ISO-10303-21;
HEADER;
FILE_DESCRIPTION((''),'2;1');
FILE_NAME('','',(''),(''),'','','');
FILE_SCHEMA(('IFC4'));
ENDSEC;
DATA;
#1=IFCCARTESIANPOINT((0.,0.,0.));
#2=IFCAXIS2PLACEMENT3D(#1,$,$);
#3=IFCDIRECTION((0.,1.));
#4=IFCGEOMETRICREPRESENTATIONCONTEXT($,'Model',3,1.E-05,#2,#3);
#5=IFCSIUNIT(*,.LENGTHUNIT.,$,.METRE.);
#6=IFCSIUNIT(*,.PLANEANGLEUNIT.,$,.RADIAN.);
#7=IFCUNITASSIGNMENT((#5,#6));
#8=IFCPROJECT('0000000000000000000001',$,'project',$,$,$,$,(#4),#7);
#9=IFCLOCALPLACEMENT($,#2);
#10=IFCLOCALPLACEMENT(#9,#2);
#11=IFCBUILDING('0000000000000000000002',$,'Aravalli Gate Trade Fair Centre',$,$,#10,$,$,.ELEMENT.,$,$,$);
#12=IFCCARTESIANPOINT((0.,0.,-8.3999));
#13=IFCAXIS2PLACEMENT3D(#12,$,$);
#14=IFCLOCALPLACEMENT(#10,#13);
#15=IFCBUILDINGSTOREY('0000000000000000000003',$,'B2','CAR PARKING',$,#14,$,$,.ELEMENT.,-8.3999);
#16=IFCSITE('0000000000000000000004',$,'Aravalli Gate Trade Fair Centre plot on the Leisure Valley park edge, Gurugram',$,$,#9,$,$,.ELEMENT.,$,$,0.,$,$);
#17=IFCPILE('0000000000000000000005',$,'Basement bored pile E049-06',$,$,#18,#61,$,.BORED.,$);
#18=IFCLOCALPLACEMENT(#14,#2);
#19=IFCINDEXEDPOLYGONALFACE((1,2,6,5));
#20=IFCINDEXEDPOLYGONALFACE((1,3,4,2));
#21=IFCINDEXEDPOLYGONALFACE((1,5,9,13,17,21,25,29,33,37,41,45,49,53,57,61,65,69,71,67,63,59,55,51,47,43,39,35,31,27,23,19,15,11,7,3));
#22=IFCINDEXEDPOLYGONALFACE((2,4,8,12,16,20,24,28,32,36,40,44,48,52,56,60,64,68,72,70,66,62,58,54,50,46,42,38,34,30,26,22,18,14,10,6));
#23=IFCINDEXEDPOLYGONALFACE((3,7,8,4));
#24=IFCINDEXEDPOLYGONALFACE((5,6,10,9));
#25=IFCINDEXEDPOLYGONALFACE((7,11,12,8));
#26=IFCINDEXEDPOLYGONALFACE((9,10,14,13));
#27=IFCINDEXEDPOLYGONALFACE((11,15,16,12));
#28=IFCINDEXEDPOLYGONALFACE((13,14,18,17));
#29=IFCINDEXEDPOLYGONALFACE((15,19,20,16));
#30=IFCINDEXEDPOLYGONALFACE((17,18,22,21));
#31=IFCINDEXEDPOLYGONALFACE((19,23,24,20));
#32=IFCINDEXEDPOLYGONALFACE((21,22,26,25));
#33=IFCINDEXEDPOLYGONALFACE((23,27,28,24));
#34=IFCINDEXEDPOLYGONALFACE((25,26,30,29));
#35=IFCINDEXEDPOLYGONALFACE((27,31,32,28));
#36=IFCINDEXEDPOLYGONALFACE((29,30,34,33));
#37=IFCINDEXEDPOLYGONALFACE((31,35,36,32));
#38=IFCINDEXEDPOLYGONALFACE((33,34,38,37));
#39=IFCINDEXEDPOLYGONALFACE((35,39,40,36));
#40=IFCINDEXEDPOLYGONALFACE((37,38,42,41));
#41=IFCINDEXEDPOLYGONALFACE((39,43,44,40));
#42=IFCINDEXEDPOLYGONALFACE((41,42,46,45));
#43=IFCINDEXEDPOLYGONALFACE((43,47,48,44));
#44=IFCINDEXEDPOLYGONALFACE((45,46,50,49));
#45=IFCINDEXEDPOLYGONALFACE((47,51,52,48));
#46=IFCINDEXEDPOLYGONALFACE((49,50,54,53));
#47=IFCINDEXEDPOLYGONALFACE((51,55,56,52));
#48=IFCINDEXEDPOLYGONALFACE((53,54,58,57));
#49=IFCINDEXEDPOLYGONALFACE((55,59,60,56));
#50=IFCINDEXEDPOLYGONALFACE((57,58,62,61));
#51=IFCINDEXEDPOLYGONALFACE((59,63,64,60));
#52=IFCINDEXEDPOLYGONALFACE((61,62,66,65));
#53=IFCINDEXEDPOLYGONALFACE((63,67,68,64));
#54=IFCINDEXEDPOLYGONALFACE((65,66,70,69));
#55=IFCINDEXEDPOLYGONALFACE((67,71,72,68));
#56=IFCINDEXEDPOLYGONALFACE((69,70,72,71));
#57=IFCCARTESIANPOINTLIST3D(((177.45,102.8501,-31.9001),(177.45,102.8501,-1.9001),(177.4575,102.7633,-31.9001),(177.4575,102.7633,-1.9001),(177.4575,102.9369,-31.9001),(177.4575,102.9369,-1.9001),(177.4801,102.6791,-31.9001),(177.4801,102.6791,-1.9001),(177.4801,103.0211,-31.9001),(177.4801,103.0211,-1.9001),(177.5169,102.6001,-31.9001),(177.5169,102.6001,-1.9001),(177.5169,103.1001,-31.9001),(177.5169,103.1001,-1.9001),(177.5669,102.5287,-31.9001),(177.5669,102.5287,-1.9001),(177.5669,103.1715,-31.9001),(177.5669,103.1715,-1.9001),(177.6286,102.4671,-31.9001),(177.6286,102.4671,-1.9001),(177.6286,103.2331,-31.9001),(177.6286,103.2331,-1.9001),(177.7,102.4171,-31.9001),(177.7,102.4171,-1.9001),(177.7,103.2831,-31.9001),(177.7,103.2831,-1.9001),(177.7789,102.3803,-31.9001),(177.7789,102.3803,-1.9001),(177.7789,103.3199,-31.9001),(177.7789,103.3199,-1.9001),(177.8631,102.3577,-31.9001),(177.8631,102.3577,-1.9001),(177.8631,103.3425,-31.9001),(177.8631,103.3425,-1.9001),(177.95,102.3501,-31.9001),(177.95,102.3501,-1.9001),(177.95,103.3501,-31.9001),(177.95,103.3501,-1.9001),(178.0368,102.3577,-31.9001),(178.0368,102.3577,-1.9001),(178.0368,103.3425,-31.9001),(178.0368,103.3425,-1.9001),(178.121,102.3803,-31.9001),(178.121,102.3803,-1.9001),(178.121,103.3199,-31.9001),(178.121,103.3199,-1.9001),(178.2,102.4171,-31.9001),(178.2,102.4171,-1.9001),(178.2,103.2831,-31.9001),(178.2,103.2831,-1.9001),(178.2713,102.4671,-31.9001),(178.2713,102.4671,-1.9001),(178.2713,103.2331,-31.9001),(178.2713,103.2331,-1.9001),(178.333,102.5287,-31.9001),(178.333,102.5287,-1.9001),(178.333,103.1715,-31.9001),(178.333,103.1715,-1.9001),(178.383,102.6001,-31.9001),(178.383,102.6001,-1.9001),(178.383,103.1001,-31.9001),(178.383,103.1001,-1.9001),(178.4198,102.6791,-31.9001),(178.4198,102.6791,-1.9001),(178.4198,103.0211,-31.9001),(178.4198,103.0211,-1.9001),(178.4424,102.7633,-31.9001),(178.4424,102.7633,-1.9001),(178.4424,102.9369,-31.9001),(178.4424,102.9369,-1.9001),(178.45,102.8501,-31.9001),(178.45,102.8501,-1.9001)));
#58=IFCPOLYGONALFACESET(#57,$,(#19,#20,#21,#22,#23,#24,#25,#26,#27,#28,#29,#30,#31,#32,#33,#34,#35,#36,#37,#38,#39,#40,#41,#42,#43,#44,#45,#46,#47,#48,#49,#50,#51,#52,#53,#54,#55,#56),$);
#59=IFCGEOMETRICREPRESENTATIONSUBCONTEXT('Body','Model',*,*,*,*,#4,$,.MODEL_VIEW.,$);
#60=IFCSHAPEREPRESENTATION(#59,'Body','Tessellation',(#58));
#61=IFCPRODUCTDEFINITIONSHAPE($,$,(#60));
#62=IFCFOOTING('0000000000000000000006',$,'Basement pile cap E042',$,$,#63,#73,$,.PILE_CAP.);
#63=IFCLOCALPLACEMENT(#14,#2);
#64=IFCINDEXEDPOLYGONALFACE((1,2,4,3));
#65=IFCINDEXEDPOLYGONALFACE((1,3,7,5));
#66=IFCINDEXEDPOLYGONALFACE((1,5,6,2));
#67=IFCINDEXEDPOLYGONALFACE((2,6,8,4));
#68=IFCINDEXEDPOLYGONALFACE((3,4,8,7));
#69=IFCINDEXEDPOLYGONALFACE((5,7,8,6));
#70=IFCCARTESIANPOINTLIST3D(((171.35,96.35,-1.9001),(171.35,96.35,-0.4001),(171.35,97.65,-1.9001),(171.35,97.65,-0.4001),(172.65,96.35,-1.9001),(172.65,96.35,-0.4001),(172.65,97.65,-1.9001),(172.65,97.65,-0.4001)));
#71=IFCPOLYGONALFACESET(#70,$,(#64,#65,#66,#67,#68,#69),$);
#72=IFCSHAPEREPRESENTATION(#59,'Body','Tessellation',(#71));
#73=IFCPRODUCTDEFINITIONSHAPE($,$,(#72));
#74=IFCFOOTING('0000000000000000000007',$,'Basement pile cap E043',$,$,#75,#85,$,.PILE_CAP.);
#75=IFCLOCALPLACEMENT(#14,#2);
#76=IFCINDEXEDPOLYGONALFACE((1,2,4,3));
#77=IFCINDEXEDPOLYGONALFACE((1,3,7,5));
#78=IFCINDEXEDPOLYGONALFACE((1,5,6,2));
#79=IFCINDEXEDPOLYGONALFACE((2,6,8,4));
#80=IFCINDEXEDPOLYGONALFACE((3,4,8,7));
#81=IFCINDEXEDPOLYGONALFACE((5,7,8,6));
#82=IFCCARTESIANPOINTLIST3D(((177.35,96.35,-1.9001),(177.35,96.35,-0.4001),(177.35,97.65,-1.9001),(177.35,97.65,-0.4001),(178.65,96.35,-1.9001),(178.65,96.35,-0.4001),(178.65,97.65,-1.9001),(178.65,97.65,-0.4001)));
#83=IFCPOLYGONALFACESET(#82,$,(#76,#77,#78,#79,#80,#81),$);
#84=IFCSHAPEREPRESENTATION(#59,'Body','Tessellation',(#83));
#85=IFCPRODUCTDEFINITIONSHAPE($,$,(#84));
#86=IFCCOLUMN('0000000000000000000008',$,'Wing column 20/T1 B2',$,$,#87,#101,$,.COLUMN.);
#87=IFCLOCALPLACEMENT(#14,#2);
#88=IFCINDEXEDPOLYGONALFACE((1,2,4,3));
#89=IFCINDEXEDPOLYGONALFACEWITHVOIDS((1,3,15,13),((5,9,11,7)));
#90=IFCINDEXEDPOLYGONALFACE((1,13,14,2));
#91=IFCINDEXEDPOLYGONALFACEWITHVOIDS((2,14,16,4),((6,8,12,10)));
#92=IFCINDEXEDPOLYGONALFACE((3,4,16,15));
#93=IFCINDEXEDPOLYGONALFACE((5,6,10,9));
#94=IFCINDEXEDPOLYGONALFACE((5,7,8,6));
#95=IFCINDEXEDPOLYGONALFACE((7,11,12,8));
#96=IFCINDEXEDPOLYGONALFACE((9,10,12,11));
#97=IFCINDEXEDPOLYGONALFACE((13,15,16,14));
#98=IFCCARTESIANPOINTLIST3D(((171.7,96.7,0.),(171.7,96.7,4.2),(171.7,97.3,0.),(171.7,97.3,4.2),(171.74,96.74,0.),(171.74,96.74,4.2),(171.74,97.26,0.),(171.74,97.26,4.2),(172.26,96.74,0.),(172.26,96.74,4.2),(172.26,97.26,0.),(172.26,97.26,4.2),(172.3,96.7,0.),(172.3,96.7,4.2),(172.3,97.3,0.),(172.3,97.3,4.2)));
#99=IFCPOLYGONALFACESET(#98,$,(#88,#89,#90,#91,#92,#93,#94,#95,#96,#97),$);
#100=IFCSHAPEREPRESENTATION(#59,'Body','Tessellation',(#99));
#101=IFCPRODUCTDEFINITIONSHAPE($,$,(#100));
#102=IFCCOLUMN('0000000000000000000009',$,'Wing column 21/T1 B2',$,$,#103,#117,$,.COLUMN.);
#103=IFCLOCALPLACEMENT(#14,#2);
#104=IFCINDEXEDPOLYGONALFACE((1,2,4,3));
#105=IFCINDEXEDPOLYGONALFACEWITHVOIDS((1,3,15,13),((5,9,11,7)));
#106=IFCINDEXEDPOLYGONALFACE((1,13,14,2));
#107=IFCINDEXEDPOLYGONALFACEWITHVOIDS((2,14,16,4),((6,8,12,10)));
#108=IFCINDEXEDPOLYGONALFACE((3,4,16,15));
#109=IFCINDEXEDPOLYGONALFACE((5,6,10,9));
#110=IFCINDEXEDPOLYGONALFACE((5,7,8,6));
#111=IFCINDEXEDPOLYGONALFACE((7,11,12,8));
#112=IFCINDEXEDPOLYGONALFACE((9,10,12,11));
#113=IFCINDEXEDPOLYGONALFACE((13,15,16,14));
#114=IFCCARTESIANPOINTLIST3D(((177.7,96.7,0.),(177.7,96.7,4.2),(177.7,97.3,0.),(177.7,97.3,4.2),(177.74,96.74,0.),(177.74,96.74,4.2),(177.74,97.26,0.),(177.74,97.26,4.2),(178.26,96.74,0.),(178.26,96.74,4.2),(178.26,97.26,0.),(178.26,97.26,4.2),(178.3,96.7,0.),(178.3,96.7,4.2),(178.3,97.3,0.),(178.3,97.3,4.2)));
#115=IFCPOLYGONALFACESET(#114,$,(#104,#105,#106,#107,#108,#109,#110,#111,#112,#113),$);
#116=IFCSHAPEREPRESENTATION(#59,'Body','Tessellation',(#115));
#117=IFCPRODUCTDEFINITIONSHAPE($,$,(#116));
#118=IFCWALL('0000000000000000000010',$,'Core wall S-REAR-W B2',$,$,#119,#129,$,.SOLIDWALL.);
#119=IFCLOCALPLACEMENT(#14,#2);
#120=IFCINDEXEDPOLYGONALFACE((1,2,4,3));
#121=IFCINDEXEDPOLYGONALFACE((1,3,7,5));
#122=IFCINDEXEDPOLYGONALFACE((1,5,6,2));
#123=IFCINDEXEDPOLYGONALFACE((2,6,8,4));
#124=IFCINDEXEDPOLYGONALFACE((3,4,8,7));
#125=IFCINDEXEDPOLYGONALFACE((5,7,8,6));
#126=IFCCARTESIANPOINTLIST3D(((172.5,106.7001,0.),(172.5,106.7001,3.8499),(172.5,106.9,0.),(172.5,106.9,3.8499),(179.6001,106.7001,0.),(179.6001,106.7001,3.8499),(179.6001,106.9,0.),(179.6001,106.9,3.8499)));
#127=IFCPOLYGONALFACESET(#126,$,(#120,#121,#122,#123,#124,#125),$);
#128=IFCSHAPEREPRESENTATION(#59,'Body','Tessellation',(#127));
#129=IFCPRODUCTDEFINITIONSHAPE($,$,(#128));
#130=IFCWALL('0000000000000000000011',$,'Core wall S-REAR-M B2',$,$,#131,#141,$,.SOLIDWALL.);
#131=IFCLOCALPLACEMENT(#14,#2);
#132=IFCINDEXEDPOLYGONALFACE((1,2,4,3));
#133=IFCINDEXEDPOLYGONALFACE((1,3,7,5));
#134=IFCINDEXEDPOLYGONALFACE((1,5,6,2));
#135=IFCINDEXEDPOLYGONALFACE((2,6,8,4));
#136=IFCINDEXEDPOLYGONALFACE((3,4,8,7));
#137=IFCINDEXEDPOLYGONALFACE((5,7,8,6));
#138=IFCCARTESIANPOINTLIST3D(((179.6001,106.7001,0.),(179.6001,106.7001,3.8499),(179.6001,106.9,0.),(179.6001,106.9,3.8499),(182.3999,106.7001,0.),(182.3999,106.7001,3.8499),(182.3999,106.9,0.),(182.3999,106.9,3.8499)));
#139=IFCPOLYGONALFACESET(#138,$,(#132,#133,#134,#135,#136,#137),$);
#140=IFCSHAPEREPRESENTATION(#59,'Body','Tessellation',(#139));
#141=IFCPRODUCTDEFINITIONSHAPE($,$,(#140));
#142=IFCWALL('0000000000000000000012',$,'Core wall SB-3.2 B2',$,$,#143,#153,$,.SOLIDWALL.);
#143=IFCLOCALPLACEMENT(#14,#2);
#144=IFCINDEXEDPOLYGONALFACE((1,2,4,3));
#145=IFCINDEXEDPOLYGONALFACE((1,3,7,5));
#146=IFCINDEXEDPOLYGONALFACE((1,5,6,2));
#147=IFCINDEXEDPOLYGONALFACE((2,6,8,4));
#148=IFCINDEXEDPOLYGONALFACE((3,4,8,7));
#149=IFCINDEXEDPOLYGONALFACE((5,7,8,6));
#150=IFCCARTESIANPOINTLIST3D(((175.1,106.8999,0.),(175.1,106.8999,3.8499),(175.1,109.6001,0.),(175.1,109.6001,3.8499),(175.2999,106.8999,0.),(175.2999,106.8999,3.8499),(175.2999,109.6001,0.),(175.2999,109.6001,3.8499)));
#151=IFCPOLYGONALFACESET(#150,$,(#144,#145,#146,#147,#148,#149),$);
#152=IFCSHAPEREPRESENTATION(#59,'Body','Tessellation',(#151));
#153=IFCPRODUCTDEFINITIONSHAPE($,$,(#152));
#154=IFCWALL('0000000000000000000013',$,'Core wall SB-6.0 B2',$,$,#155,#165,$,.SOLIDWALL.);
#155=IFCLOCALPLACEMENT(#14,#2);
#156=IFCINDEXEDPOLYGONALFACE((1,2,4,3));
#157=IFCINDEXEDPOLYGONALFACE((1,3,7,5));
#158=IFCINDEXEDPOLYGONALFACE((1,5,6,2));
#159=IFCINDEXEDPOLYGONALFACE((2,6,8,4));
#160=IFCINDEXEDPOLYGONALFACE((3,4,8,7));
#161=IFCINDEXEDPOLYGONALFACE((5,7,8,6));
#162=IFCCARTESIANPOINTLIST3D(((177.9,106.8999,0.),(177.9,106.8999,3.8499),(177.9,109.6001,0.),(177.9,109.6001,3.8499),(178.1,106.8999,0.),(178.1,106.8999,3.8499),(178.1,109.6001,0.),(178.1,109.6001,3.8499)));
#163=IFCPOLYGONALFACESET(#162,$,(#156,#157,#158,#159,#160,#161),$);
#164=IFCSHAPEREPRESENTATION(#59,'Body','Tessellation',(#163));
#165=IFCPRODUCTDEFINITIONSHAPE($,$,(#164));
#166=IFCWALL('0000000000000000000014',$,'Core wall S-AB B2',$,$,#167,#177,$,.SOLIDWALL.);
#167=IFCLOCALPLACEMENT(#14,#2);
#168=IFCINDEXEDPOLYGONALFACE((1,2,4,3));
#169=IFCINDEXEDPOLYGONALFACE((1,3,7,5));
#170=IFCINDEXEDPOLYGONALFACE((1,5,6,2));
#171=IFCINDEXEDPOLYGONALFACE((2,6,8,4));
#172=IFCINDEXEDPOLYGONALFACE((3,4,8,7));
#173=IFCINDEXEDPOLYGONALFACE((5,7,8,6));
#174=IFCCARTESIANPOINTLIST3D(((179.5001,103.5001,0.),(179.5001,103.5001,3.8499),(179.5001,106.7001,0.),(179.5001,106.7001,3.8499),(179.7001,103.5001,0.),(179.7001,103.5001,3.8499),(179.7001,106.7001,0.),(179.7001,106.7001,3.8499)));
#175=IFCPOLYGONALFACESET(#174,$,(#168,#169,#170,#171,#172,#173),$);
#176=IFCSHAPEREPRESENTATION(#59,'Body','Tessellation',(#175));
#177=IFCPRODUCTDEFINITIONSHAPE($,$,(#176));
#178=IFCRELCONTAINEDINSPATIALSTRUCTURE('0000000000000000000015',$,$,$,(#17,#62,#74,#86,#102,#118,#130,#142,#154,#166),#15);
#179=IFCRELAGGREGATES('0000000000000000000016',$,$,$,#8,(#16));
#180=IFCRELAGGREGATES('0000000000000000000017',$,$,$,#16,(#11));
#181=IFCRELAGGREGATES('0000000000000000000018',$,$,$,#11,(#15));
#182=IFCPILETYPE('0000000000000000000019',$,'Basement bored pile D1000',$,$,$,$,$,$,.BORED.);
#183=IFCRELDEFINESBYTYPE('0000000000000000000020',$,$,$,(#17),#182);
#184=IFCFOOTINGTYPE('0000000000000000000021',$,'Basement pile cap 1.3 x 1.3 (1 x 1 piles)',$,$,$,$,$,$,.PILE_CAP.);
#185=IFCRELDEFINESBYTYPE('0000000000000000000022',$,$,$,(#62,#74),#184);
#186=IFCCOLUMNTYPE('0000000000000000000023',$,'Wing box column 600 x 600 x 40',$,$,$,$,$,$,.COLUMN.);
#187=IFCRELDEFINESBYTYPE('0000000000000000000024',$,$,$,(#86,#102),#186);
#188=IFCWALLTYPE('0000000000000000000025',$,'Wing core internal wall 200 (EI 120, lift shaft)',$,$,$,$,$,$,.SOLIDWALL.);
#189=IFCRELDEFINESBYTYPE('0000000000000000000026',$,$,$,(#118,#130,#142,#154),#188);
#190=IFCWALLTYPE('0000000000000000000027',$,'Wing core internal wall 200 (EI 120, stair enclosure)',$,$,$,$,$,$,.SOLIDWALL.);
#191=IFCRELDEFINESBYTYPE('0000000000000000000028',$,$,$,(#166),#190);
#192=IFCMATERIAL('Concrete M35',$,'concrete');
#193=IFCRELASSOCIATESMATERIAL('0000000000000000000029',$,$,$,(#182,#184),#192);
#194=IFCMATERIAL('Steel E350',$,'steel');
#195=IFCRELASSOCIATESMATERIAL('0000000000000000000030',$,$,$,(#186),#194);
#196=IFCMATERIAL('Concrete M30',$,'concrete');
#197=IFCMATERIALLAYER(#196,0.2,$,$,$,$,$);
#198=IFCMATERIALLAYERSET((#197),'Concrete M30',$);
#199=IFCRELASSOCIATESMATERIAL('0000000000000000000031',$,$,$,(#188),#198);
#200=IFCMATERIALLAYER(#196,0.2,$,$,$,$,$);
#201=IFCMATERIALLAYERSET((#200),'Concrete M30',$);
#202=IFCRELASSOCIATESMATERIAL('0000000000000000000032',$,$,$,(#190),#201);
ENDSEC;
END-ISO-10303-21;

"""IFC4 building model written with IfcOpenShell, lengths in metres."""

from ifc_helpers import new_model, si_unit, direction, frame, frame_2d, origin, origin_2d, place, context, subcontext, project, spatial, rectangle, hollow_rectangle, circle, extrude, material, layer, layer_set, material_profile, profile_set, type_object, element, save


model = new_model("IFC4")

# Units and contexts
model_context = context("Model", 3, precision=1e-05, world=origin(), true_north=direction((0.0, 1.0)))
body_context = subcontext(model_context, "Body", "Model", "MODEL_VIEW")
ifc_project = project(units=[si_unit("LENGTHUNIT", "METRE"), si_unit("PLANEANGLEUNIT", "RADIAN")], contexts=[model_context])

# Site, building, storey
site_placement = place(None, origin())
site = spatial("IfcSite", under=ifc_project, at=site_placement, Name="Aravalli Gate Trade Fair Centre plot on the Leisure Valley park edge, Gurugram", CompositionType="ELEMENT", RefElevation=0.0)
building_placement = place(site_placement, origin())
building = spatial("IfcBuilding", under=site, at=building_placement, Name="Aravalli Gate Trade Fair Centre", CompositionType="ELEMENT")
storey_placement = place(building_placement, frame((0.0, 0.0, -8.3999)))
storey = spatial("IfcBuildingStorey", under=building, at=storey_placement, Name="B2", Description="CAR PARKING", CompositionType="ELEMENT", Elevation=-8.3999)

# Pile
ifc_material_1 = material(Name="Concrete M35", Category="concrete")
ifc_material_profile_1 = material_profile(ifc_material_1, circle(Radius=0.5, at=origin_2d()), Name="D1000")
ifc_profile_set_1 = profile_set([ifc_material_profile_1], Name="Concrete M35")
pile_type = type_object("IfcPileType", Name="Basement bored pile D1000", PredefinedType="BORED", material=ifc_profile_set_1)
for number, where, z_axis, x_axis, name in (
    (1, (177.95, 102.8501, -1.9001), (0.0, 0.0, -1.0), (1.0, 0.0, 0.0), "Basement bored pile E049-06"),
):
    element("IfcPile", number, at=place(storey_placement, frame(where, z_axis=z_axis, x_axis=x_axis)), inside=storey, type_object=pile_type, Name=name, PredefinedType="BORED", context=body_context, shape_type="SweptSolid", body=[
        extrude(circle(Radius=0.5, at=origin_2d()), origin(), (0.0, 0.0, 1.0), 30.0),
    ])

# Footings
footing_type = type_object("IfcFootingType", Name="Basement pile cap 1.3 x 1.3 (1 x 1 piles)", PredefinedType="PILE_CAP", material=ifc_material_1)
for number, where, z_axis, x_axis, name in (
    (2, (172.0, 97.0, -1.9001), (0.0, 0.0, 1.0), (1.0, 0.0, 0.0), "Basement pile cap E042"),
    (3, (178.0, 97.0, -1.9001), (0.0, 0.0, 1.0), (1.0, 0.0, 0.0), "Basement pile cap E043"),
):
    element("IfcFooting", number, at=place(storey_placement, frame(where, z_axis=z_axis, x_axis=x_axis)), inside=storey, type_object=footing_type, Name=name, PredefinedType="PILE_CAP", context=body_context, shape_type="SweptSolid", body=[
        extrude(rectangle(XDim=1.3, YDim=1.3, at=origin_2d()), origin(), (0.0, 0.0, 1.0), 1.5),
    ])

# Columns
ifc_material_2 = material(Name="Steel E350", Category="steel")
ifc_material_profile_2 = material_profile(ifc_material_2, hollow_rectangle(XDim=0.6001, YDim=0.6001, WallThickness=0.04, at=origin_2d()), Name="BOX 600x600x40")
ifc_profile_set_2 = profile_set([ifc_material_profile_2], Name="Steel E350")
column_type = type_object("IfcColumnType", Name="Wing box column 600 x 600 x 40", PredefinedType="COLUMN", material=ifc_profile_set_2)
for number, where, z_axis, x_axis, name in (
    (4, (172.0, 97.0, 0.0), (0.0, 0.0, 1.0), (1.0, 0.0, 0.0), "Wing column 20/T1 B2"),
    (5, (178.0, 97.0, 0.0), (0.0, 0.0, 1.0), (1.0, 0.0, 0.0), "Wing column 21/T1 B2"),
):
    element("IfcColumn", number, at=place(storey_placement, frame(where, z_axis=z_axis, x_axis=x_axis)), inside=storey, type_object=column_type, Name=name, PredefinedType="COLUMN", context=body_context, shape_type="SweptSolid", body=[
        extrude(hollow_rectangle(XDim=0.6001, YDim=0.6001, WallThickness=0.04, at=origin_2d()), origin(), (0.0, 0.0, 1.0), 4.2),
    ])

# Walls
ifc_material_3 = material(Name="Concrete M30", Category="concrete")
ifc_layer_1 = layer(ifc_material_3, 0.2)
ifc_layer_set_1 = layer_set([ifc_layer_1], Name="Concrete M30")
wall_type_1 = type_object("IfcWallType", Name="Wing core internal wall 200 (EI 120, lift shaft)", PredefinedType="SOLIDWALL", material=ifc_layer_set_1)
wall_1_placement = place(storey_placement, frame((172.5, 106.8, 0.0), z_axis=(0.0, 0.0, 1.0), x_axis=(1.0, 0.0, 0.0)))
element("IfcWall", 6, at=wall_1_placement, inside=storey, type_object=wall_type_1, Name="Core wall S-REAR-W B2", PredefinedType="SOLIDWALL", context=body_context, shape_type="SweptSolid", body=[
    extrude(rectangle(XDim=7.1001, YDim=0.2, at=frame_2d((3.55, 0.0))), origin(), (0.0, 0.0, 1.0), 3.8499),
])
wall_2_placement = place(storey_placement, frame((179.6001, 106.8, 0.0), z_axis=(0.0, 0.0, 1.0), x_axis=(1.0, 0.0, 0.0)))
element("IfcWall", 7, at=wall_2_placement, inside=storey, type_object=wall_type_1, Name="Core wall S-REAR-M B2", PredefinedType="SOLIDWALL", context=body_context, shape_type="SweptSolid", body=[
    extrude(rectangle(XDim=2.7998, YDim=0.2, at=frame_2d((1.3999, 0.0))), origin(), (0.0, 0.0, 1.0), 3.8499),
])
for number, where, z_axis, x_axis, name in (
    (8, (175.2, 106.8999, 0.0), (0.0, 0.0, 1.0), (0.0, 1.0, 0.0), "Core wall SB-3.2 B2"),
    (9, (178.0, 106.8999, 0.0), (0.0, 0.0, 1.0), (0.0, 1.0, 0.0), "Core wall SB-6.0 B2"),
):
    element("IfcWall", number, at=place(storey_placement, frame(where, z_axis=z_axis, x_axis=x_axis)), inside=storey, type_object=wall_type_1, Name=name, PredefinedType="SOLIDWALL", context=body_context, shape_type="SweptSolid", body=[
        extrude(rectangle(XDim=2.7002, YDim=0.2, at=frame_2d((1.3501, 0.0))), origin(), (0.0, 0.0, 1.0), 3.8499),
    ])
ifc_layer_2 = layer(ifc_material_3, 0.2)
ifc_layer_set_2 = layer_set([ifc_layer_2], Name="Concrete M30")
wall_type_2 = type_object("IfcWallType", Name="Wing core internal wall 200 (EI 120, stair enclosure)", PredefinedType="SOLIDWALL", material=ifc_layer_set_2)
wall_3_placement = place(storey_placement, frame((179.6001, 103.5, 0.0), z_axis=(0.0, 0.0, 1.0), x_axis=(0.0, 1.0, 0.0)))
element("IfcWall", 10, at=wall_3_placement, inside=storey, type_object=wall_type_2, Name="Core wall S-AB B2", PredefinedType="SOLIDWALL", context=body_context, shape_type="SweptSolid", body=[
    extrude(rectangle(XDim=3.2, YDim=0.2, at=frame_2d((1.6001, 0.0))), origin(), (0.0, 0.0, 1.0), 3.8499),
])

save(model, "model.ifc")
